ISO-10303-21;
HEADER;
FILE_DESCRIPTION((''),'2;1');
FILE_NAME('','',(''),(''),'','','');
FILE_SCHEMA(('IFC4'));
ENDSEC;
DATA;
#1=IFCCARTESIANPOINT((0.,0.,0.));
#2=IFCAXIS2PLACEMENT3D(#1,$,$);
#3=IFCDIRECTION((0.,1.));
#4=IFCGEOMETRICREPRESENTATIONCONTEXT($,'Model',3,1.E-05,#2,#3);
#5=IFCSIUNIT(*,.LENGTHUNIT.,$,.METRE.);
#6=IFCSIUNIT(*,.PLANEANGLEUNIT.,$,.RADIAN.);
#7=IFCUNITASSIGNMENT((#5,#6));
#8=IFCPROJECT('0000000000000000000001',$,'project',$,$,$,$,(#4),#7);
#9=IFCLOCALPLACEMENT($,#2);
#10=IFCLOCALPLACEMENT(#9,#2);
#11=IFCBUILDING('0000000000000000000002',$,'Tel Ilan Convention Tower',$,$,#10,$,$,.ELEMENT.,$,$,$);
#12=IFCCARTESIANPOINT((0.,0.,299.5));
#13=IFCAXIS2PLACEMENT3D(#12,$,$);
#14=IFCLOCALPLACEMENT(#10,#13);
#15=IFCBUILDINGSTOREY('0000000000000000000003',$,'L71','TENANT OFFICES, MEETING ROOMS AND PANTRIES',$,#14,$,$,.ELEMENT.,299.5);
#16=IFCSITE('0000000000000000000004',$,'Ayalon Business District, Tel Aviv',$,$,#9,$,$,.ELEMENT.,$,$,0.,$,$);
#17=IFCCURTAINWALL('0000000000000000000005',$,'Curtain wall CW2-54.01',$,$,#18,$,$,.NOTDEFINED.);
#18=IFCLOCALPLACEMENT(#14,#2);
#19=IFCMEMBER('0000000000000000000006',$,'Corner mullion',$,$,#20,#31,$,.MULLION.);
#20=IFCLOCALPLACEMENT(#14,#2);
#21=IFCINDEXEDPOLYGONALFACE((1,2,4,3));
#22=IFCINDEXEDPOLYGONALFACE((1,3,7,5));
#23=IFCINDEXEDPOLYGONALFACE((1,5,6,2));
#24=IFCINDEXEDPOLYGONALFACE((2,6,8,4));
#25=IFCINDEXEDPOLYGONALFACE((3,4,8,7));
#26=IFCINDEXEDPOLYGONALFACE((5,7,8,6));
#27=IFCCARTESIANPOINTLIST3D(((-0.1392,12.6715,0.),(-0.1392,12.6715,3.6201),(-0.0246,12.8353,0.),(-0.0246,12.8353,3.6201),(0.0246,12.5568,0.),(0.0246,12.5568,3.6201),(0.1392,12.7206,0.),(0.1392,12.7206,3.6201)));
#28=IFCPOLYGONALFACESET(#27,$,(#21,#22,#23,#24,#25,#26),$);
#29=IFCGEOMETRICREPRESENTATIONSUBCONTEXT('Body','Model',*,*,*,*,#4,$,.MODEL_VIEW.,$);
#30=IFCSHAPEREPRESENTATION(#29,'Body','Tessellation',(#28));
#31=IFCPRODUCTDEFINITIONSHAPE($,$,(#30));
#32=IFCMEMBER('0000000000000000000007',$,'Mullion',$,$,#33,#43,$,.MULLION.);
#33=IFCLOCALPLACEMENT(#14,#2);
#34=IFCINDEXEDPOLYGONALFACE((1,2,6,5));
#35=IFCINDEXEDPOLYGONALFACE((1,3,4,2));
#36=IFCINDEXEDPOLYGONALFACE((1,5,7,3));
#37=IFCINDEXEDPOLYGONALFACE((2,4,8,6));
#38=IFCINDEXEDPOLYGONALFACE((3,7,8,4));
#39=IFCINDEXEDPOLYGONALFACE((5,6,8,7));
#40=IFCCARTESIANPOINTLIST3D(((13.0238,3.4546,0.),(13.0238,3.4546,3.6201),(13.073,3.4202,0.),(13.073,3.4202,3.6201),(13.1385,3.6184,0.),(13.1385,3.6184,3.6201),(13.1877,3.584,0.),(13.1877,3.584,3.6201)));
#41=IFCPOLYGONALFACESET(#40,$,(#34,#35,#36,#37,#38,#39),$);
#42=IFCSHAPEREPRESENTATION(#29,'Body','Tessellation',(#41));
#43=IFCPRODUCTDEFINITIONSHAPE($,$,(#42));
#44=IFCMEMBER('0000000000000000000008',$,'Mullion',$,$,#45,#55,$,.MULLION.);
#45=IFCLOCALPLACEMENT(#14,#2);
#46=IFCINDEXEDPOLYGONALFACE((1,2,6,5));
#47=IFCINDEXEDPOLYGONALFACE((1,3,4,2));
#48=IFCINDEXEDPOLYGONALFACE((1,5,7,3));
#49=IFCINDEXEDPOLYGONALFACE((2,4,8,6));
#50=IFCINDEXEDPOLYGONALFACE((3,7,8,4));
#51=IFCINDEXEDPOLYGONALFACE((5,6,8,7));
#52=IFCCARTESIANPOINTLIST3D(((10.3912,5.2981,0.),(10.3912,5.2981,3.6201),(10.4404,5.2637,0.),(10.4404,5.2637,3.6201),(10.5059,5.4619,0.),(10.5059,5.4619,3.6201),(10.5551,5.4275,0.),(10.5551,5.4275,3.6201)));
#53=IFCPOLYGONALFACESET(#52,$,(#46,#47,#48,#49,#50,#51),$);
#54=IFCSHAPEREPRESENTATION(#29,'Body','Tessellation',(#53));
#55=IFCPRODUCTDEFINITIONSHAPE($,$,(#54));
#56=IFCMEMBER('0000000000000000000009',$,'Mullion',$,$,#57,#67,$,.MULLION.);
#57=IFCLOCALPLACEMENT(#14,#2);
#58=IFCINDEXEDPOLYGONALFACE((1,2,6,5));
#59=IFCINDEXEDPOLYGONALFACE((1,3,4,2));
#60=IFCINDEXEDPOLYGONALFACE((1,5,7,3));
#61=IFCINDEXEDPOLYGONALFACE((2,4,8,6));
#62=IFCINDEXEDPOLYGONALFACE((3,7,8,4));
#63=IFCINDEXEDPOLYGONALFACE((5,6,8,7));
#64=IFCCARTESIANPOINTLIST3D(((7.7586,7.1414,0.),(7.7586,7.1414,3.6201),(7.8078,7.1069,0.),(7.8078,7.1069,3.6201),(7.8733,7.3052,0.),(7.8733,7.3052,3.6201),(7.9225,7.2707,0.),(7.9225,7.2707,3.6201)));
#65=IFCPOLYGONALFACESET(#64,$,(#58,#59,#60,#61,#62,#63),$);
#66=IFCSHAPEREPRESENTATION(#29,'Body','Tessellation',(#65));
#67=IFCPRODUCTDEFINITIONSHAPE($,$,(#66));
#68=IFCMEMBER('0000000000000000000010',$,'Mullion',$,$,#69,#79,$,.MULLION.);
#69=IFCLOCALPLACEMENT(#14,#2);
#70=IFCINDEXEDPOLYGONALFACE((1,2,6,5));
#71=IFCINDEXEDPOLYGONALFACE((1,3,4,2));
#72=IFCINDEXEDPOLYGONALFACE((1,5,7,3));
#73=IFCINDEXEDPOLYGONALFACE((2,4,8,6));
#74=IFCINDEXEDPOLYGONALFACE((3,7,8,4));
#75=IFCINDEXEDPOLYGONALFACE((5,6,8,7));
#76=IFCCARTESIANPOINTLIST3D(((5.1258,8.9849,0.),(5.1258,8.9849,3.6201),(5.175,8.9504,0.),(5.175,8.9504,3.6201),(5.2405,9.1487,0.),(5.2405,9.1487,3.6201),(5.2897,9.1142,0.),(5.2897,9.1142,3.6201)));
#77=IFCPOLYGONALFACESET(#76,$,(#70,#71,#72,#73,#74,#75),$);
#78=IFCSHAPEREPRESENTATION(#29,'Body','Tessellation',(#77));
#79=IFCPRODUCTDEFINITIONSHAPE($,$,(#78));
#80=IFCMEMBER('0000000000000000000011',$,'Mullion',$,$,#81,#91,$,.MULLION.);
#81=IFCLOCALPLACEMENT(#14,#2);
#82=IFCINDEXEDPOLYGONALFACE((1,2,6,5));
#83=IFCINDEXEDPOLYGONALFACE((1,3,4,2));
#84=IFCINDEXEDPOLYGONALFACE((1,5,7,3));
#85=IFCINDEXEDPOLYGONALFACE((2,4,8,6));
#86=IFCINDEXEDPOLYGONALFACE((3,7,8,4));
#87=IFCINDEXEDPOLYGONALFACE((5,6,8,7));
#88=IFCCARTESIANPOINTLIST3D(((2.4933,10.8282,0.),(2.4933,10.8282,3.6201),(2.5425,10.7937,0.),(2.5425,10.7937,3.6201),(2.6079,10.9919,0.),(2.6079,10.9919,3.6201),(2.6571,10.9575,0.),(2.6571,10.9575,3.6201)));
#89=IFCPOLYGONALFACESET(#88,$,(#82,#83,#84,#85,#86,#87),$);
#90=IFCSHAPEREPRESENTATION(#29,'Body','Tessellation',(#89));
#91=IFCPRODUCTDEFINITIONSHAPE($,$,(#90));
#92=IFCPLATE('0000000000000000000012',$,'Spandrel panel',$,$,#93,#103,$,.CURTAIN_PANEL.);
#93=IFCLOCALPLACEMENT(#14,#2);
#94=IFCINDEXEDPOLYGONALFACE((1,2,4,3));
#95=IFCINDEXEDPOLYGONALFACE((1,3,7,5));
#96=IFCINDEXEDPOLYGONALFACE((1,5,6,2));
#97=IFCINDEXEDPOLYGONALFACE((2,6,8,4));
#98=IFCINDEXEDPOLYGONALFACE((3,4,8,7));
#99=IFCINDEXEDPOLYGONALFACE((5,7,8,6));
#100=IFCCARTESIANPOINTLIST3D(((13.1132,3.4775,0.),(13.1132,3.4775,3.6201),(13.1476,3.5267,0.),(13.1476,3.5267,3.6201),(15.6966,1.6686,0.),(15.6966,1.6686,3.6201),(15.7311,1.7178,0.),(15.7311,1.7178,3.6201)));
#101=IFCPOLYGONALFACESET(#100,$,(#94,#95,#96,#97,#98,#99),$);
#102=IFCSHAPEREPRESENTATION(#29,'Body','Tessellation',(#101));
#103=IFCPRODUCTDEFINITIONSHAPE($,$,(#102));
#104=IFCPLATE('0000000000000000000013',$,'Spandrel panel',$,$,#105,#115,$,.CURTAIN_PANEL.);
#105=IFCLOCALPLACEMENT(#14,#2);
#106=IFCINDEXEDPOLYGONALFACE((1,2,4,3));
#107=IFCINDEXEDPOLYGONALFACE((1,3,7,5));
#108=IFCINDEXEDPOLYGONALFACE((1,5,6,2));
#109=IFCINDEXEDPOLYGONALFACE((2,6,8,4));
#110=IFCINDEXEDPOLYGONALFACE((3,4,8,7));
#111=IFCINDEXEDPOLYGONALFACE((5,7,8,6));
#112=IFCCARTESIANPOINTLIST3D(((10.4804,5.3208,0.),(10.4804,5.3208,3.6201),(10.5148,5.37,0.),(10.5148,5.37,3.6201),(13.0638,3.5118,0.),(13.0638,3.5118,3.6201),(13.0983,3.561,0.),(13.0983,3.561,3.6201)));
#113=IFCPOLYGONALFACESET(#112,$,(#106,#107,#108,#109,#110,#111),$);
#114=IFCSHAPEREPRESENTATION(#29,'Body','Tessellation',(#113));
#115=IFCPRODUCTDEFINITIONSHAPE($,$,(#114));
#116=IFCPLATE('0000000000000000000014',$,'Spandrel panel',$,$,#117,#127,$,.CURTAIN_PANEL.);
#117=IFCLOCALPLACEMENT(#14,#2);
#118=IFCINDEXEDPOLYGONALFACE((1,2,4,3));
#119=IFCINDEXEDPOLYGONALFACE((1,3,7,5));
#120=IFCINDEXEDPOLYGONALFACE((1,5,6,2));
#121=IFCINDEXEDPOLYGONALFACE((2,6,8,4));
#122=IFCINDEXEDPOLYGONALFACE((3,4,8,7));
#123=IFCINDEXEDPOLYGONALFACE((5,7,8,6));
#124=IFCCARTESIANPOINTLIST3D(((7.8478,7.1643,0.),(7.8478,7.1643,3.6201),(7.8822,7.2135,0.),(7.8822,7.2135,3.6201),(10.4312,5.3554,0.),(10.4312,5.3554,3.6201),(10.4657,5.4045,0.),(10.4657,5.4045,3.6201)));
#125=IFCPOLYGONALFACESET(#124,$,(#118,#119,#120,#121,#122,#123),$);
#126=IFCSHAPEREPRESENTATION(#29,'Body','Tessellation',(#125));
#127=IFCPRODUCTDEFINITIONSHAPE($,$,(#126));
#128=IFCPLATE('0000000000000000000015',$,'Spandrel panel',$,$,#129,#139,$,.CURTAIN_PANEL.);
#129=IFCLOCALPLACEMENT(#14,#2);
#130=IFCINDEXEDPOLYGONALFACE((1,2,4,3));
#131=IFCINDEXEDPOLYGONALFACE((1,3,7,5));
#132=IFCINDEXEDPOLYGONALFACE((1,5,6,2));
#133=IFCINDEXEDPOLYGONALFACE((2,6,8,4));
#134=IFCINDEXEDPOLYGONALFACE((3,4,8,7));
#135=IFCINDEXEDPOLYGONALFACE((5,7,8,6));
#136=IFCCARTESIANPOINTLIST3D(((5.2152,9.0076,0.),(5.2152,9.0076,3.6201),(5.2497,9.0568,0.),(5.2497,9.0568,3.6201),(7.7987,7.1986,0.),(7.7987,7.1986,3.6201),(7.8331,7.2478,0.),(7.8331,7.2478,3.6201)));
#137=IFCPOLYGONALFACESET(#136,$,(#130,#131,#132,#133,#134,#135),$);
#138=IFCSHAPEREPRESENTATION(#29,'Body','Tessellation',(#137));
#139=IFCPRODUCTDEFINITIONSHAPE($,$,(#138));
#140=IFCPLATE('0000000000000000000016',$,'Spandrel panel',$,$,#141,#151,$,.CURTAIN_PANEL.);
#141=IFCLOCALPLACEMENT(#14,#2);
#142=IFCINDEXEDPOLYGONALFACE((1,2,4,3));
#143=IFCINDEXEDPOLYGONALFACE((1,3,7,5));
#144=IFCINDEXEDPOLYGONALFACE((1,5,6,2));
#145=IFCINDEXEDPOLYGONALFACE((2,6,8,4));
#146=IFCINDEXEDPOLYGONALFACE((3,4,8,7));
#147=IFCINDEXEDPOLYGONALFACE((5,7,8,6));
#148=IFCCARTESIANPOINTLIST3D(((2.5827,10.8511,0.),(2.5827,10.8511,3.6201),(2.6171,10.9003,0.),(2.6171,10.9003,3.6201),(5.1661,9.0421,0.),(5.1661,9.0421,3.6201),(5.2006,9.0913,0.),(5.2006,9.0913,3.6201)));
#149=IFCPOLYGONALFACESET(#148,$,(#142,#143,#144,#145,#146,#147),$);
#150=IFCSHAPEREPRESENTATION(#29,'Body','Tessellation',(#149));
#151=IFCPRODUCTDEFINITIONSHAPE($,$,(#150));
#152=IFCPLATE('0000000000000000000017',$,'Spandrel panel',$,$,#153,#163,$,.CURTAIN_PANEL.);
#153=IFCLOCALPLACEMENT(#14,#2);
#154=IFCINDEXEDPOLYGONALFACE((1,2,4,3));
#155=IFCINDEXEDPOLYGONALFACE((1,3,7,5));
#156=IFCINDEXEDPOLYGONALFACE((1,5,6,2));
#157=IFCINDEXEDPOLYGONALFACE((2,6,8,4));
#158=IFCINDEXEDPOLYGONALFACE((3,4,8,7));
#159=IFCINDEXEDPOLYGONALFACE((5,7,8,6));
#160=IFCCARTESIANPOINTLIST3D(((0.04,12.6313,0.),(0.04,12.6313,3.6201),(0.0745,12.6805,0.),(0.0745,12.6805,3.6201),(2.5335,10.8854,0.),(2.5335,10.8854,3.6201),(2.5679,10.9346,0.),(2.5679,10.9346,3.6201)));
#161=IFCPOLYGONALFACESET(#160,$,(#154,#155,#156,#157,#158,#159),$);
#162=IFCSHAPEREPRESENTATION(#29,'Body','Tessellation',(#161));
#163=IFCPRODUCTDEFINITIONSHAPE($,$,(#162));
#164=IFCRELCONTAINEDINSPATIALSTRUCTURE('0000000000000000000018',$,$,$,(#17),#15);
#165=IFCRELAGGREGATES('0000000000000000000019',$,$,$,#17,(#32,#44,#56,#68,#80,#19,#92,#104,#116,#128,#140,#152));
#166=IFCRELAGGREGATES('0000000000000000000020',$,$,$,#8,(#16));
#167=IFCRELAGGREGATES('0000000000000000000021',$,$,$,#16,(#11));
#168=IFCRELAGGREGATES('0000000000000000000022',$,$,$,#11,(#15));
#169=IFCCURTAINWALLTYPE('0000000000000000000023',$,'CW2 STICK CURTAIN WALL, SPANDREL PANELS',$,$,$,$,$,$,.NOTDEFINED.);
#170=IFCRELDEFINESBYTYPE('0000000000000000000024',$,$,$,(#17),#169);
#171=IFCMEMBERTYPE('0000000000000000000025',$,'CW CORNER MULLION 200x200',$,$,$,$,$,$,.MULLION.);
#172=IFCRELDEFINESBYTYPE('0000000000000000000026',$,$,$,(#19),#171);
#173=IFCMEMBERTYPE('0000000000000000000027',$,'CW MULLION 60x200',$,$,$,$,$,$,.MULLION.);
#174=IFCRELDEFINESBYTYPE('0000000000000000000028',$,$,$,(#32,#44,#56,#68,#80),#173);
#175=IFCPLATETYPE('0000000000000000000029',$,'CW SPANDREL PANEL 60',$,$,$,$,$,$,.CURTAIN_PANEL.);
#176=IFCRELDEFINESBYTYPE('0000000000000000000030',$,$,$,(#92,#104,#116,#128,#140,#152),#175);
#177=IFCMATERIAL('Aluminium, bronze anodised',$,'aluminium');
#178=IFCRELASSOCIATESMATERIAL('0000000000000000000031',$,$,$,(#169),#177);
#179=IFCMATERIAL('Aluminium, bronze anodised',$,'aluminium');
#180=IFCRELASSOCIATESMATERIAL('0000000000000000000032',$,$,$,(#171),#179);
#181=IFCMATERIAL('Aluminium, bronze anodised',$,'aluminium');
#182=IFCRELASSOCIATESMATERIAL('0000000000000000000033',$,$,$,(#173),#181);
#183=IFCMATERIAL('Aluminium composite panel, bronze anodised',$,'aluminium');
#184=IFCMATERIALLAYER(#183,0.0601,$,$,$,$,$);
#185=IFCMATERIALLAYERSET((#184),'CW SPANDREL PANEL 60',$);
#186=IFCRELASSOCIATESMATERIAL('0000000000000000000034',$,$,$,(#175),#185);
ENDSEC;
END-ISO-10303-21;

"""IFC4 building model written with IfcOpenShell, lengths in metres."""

from ifc_helpers import new_model, si_unit, direction, frame, origin, origin_2d, place, context, subcontext, project, spatial, rectangle, extrude, material, layer, layer_set, material_profile, profile_set, type_object, element, aggregate, save


model = new_model("IFC4")

# Units and contexts
model_context = context("Model", 3, precision=1e-05, world=origin(), true_north=direction((0.0, 1.0)))
body_context = subcontext(model_context, "Body", "Model", "MODEL_VIEW")
ifc_project = project(units=[si_unit("LENGTHUNIT", "METRE"), si_unit("PLANEANGLEUNIT", "RADIAN")], contexts=[model_context])

# Site, building, storey
site_placement = place(None, origin())
site = spatial("IfcSite", under=ifc_project, at=site_placement, Name="Ayalon Business District, Tel Aviv", CompositionType="ELEMENT", RefElevation=0.0)
building_placement = place(site_placement, origin())
building = spatial("IfcBuilding", under=site, at=building_placement, Name="Tel Ilan Convention Tower", CompositionType="ELEMENT")
storey_placement = place(building_placement, frame((0.0, 0.0, 299.5)))
storey = spatial("IfcBuildingStorey", under=building, at=storey_placement, Name="L71", Description="TENANT OFFICES, MEETING ROOMS AND PANTRIES", CompositionType="ELEMENT", Elevation=299.5)

# Curtain wall, members, plates
ifc_material_1 = material(Name="Aluminium, bronze anodised", Category="aluminium")
curtain_wall_type = type_object("IfcCurtainWallType", Name="CW2 STICK CURTAIN WALL, SPANDREL PANELS", PredefinedType="NOTDEFINED", material=ifc_material_1)
curtain_wall_placement = place(storey_placement, origin())
curtain_wall = element("IfcCurtainWall", 1, at=curtain_wall_placement, inside=storey, type_object=curtain_wall_type, Name="Curtain wall CW2-54.01", PredefinedType="NOTDEFINED")
ifc_material_2 = material(Name="Aluminium, bronze anodised", Category="aluminium")
ifc_material_profile_1 = material_profile(ifc_material_2, rectangle(XDim=0.2, YDim=0.2, at=origin_2d()), Name="CW CORNER MULLION 200x200")
ifc_profile_set_1 = profile_set([ifc_material_profile_1], Name="Aluminium, bronze anodised")
member_type_1 = type_object("IfcMemberType", Name="CW CORNER MULLION 200x200", PredefinedType="MULLION", material=ifc_profile_set_1)
member_1_placement = place(storey_placement, frame((0.0, 12.696, 0.0), z_axis=(0.0, 0.0, 1.0), x_axis=(-0.819152, 0.573576, 0.0)))
member_1 = element("IfcMember", 2, at=member_1_placement, type_object=member_type_1, Name="Corner mullion", PredefinedType="MULLION", context=body_context, shape_type="SweptSolid", body=[
    extrude(rectangle(XDim=0.2, YDim=0.2, at=origin_2d()), origin(), (0.0, 0.0, 1.0), 3.6201),
])
ifc_material_3 = material(Name="Aluminium, bronze anodised", Category="aluminium")
ifc_material_profile_2 = material_profile(ifc_material_3, rectangle(XDim=0.0601, YDim=0.2, at=origin_2d()), Name="CW MULLION 60x200")
ifc_profile_set_2 = profile_set([ifc_material_profile_2], Name="Aluminium, bronze anodised")
member_type_2 = type_object("IfcMemberType", Name="CW MULLION 60x200", PredefinedType="MULLION", material=ifc_profile_set_2)
member_2_placement = place(storey_placement, frame((13.1057, 3.5193, 0.0), z_axis=(0.0, 0.0, 1.0), x_axis=(-0.819152, 0.573576, 0.0)))
member_2 = element("IfcMember", 3, at=member_2_placement, type_object=member_type_2, Name="Mullion", PredefinedType="MULLION", context=body_context, shape_type="SweptSolid", body=[
    extrude(rectangle(XDim=0.0601, YDim=0.2, at=origin_2d()), origin(), (0.0, 0.0, 1.0), 3.6201),
])
member_3_placement = place(storey_placement, frame((10.4731, 5.3628, 0.0), z_axis=(0.0, 0.0, 1.0), x_axis=(-0.819152, 0.573576, 0.0)))
member_3 = element("IfcMember", 4, at=member_3_placement, type_object=member_type_2, Name="Mullion", PredefinedType="MULLION", context=body_context, shape_type="SweptSolid", body=[
    extrude(rectangle(XDim=0.0601, YDim=0.2, at=origin_2d()), origin(), (0.0, 0.0, 1.0), 3.6201),
])
member_4_placement = place(storey_placement, frame((7.8406, 7.2061, 0.0), z_axis=(0.0, 0.0, 1.0), x_axis=(-0.819152, 0.573576, 0.0)))
member_4 = element("IfcMember", 5, at=member_4_placement, type_object=member_type_2, Name="Mullion", PredefinedType="MULLION", context=body_context, shape_type="SweptSolid", body=[
    extrude(rectangle(XDim=0.0601, YDim=0.2, at=origin_2d()), origin(), (0.0, 0.0, 1.0), 3.6201),
])
member_5_placement = place(storey_placement, frame((5.2078, 9.0496, 0.0), z_axis=(0.0, 0.0, 1.0), x_axis=(-0.819152, 0.573576, 0.0)))
member_5 = element("IfcMember", 6, at=member_5_placement, type_object=member_type_2, Name="Mullion", PredefinedType="MULLION", context=body_context, shape_type="SweptSolid", body=[
    extrude(rectangle(XDim=0.0601, YDim=0.2, at=origin_2d()), origin(), (0.0, 0.0, 1.0), 3.6201),
])
member_6_placement = place(storey_placement, frame((2.5752, 10.8928, 0.0), z_axis=(0.0, 0.0, 1.0), x_axis=(-0.819152, 0.573576, 0.0)))
member_6 = element("IfcMember", 7, at=member_6_placement, type_object=member_type_2, Name="Mullion", PredefinedType="MULLION", context=body_context, shape_type="SweptSolid", body=[
    extrude(rectangle(XDim=0.0601, YDim=0.2, at=origin_2d()), origin(), (0.0, 0.0, 1.0), 3.6201),
])
ifc_material_4 = material(Name="Aluminium composite panel, bronze anodised", Category="aluminium")
ifc_layer_1 = layer(ifc_material_4, 0.0601)
ifc_layer_set_1 = layer_set([ifc_layer_1], Name="CW SPANDREL PANEL 60")
plate_type = type_object("IfcPlateType", Name="CW SPANDREL PANEL 60", PredefinedType="CURTAIN_PANEL", material=ifc_layer_set_1)
plate_1_placement = place(storey_placement, frame((14.4221, 2.5977, 0.0), z_axis=(0.0, 0.0, 1.0), x_axis=(-0.819152, 0.573576, 0.0)))
plate_1 = element("IfcPlate", 8, at=plate_1_placement, type_object=plate_type, Name="Spandrel panel", PredefinedType="CURTAIN_PANEL", context=body_context, shape_type="SweptSolid", body=[
    extrude(rectangle(XDim=3.1538, YDim=0.0601, at=origin_2d()), origin(), (0.0, 0.0, 1.0), 3.6201),
])
plate_2_placement = place(storey_placement, frame((11.7893, 4.4409, 0.0), z_axis=(0.0, 0.0, 1.0), x_axis=(-0.819152, 0.573576, 0.0)))
plate_2 = element("IfcPlate", 9, at=plate_2_placement, type_object=plate_type, Name="Spandrel panel", PredefinedType="CURTAIN_PANEL", context=body_context, shape_type="SweptSolid", body=[
    extrude(rectangle(XDim=3.1538, YDim=0.0601, at=origin_2d()), origin(), (0.0, 0.0, 1.0), 3.6201),
])
plate_3_placement = place(storey_placement, frame((9.1567, 6.2844, 0.0), z_axis=(0.0, 0.0, 1.0), x_axis=(-0.819152, 0.573576, 0.0)))
plate_3 = element("IfcPlate", 10, at=plate_3_placement, type_object=plate_type, Name="Spandrel panel", PredefinedType="CURTAIN_PANEL", context=body_context, shape_type="SweptSolid", body=[
    extrude(rectangle(XDim=3.1538, YDim=0.0601, at=origin_2d()), origin(), (0.0, 0.0, 1.0), 3.6201),
])
plate_4_placement = place(storey_placement, frame((6.5242, 8.1277, 0.0), z_axis=(0.0, 0.0, 1.0), x_axis=(-0.819152, 0.573576, 0.0)))
plate_4 = element("IfcPlate", 11, at=plate_4_placement, type_object=plate_type, Name="Spandrel panel", PredefinedType="CURTAIN_PANEL", context=body_context, shape_type="SweptSolid", body=[
    extrude(rectangle(XDim=3.1538, YDim=0.0601, at=origin_2d()), origin(), (0.0, 0.0, 1.0), 3.6201),
])
plate_5_placement = place(storey_placement, frame((3.8916, 9.9712, 0.0), z_axis=(0.0, 0.0, 1.0), x_axis=(-0.819152, 0.573576, 0.0)))
plate_5 = element("IfcPlate", 12, at=plate_5_placement, type_object=plate_type, Name="Spandrel panel", PredefinedType="CURTAIN_PANEL", context=body_context, shape_type="SweptSolid", body=[
    extrude(rectangle(XDim=3.1538, YDim=0.0601, at=origin_2d()), origin(), (0.0, 0.0, 1.0), 3.6201),
])
plate_6_placement = place(storey_placement, frame((1.304, 11.783, 0.0), z_axis=(0.0, 0.0, 1.0), x_axis=(-0.819152, 0.573576, 0.0)))
plate_6 = element("IfcPlate", 13, at=plate_6_placement, type_object=plate_type, Name="Spandrel panel", PredefinedType="CURTAIN_PANEL", context=body_context, shape_type="SweptSolid", body=[
    extrude(rectangle(XDim=3.0439, YDim=0.0601, at=origin_2d()), origin(), (0.0, 0.0, 1.0), 3.6201),
])
aggregate(curtain_wall, [member_2, member_3, member_4, member_5, member_6, member_1, plate_1, plate_2, plate_3, plate_4, plate_5, plate_6])

save(model, "model.ifc")
